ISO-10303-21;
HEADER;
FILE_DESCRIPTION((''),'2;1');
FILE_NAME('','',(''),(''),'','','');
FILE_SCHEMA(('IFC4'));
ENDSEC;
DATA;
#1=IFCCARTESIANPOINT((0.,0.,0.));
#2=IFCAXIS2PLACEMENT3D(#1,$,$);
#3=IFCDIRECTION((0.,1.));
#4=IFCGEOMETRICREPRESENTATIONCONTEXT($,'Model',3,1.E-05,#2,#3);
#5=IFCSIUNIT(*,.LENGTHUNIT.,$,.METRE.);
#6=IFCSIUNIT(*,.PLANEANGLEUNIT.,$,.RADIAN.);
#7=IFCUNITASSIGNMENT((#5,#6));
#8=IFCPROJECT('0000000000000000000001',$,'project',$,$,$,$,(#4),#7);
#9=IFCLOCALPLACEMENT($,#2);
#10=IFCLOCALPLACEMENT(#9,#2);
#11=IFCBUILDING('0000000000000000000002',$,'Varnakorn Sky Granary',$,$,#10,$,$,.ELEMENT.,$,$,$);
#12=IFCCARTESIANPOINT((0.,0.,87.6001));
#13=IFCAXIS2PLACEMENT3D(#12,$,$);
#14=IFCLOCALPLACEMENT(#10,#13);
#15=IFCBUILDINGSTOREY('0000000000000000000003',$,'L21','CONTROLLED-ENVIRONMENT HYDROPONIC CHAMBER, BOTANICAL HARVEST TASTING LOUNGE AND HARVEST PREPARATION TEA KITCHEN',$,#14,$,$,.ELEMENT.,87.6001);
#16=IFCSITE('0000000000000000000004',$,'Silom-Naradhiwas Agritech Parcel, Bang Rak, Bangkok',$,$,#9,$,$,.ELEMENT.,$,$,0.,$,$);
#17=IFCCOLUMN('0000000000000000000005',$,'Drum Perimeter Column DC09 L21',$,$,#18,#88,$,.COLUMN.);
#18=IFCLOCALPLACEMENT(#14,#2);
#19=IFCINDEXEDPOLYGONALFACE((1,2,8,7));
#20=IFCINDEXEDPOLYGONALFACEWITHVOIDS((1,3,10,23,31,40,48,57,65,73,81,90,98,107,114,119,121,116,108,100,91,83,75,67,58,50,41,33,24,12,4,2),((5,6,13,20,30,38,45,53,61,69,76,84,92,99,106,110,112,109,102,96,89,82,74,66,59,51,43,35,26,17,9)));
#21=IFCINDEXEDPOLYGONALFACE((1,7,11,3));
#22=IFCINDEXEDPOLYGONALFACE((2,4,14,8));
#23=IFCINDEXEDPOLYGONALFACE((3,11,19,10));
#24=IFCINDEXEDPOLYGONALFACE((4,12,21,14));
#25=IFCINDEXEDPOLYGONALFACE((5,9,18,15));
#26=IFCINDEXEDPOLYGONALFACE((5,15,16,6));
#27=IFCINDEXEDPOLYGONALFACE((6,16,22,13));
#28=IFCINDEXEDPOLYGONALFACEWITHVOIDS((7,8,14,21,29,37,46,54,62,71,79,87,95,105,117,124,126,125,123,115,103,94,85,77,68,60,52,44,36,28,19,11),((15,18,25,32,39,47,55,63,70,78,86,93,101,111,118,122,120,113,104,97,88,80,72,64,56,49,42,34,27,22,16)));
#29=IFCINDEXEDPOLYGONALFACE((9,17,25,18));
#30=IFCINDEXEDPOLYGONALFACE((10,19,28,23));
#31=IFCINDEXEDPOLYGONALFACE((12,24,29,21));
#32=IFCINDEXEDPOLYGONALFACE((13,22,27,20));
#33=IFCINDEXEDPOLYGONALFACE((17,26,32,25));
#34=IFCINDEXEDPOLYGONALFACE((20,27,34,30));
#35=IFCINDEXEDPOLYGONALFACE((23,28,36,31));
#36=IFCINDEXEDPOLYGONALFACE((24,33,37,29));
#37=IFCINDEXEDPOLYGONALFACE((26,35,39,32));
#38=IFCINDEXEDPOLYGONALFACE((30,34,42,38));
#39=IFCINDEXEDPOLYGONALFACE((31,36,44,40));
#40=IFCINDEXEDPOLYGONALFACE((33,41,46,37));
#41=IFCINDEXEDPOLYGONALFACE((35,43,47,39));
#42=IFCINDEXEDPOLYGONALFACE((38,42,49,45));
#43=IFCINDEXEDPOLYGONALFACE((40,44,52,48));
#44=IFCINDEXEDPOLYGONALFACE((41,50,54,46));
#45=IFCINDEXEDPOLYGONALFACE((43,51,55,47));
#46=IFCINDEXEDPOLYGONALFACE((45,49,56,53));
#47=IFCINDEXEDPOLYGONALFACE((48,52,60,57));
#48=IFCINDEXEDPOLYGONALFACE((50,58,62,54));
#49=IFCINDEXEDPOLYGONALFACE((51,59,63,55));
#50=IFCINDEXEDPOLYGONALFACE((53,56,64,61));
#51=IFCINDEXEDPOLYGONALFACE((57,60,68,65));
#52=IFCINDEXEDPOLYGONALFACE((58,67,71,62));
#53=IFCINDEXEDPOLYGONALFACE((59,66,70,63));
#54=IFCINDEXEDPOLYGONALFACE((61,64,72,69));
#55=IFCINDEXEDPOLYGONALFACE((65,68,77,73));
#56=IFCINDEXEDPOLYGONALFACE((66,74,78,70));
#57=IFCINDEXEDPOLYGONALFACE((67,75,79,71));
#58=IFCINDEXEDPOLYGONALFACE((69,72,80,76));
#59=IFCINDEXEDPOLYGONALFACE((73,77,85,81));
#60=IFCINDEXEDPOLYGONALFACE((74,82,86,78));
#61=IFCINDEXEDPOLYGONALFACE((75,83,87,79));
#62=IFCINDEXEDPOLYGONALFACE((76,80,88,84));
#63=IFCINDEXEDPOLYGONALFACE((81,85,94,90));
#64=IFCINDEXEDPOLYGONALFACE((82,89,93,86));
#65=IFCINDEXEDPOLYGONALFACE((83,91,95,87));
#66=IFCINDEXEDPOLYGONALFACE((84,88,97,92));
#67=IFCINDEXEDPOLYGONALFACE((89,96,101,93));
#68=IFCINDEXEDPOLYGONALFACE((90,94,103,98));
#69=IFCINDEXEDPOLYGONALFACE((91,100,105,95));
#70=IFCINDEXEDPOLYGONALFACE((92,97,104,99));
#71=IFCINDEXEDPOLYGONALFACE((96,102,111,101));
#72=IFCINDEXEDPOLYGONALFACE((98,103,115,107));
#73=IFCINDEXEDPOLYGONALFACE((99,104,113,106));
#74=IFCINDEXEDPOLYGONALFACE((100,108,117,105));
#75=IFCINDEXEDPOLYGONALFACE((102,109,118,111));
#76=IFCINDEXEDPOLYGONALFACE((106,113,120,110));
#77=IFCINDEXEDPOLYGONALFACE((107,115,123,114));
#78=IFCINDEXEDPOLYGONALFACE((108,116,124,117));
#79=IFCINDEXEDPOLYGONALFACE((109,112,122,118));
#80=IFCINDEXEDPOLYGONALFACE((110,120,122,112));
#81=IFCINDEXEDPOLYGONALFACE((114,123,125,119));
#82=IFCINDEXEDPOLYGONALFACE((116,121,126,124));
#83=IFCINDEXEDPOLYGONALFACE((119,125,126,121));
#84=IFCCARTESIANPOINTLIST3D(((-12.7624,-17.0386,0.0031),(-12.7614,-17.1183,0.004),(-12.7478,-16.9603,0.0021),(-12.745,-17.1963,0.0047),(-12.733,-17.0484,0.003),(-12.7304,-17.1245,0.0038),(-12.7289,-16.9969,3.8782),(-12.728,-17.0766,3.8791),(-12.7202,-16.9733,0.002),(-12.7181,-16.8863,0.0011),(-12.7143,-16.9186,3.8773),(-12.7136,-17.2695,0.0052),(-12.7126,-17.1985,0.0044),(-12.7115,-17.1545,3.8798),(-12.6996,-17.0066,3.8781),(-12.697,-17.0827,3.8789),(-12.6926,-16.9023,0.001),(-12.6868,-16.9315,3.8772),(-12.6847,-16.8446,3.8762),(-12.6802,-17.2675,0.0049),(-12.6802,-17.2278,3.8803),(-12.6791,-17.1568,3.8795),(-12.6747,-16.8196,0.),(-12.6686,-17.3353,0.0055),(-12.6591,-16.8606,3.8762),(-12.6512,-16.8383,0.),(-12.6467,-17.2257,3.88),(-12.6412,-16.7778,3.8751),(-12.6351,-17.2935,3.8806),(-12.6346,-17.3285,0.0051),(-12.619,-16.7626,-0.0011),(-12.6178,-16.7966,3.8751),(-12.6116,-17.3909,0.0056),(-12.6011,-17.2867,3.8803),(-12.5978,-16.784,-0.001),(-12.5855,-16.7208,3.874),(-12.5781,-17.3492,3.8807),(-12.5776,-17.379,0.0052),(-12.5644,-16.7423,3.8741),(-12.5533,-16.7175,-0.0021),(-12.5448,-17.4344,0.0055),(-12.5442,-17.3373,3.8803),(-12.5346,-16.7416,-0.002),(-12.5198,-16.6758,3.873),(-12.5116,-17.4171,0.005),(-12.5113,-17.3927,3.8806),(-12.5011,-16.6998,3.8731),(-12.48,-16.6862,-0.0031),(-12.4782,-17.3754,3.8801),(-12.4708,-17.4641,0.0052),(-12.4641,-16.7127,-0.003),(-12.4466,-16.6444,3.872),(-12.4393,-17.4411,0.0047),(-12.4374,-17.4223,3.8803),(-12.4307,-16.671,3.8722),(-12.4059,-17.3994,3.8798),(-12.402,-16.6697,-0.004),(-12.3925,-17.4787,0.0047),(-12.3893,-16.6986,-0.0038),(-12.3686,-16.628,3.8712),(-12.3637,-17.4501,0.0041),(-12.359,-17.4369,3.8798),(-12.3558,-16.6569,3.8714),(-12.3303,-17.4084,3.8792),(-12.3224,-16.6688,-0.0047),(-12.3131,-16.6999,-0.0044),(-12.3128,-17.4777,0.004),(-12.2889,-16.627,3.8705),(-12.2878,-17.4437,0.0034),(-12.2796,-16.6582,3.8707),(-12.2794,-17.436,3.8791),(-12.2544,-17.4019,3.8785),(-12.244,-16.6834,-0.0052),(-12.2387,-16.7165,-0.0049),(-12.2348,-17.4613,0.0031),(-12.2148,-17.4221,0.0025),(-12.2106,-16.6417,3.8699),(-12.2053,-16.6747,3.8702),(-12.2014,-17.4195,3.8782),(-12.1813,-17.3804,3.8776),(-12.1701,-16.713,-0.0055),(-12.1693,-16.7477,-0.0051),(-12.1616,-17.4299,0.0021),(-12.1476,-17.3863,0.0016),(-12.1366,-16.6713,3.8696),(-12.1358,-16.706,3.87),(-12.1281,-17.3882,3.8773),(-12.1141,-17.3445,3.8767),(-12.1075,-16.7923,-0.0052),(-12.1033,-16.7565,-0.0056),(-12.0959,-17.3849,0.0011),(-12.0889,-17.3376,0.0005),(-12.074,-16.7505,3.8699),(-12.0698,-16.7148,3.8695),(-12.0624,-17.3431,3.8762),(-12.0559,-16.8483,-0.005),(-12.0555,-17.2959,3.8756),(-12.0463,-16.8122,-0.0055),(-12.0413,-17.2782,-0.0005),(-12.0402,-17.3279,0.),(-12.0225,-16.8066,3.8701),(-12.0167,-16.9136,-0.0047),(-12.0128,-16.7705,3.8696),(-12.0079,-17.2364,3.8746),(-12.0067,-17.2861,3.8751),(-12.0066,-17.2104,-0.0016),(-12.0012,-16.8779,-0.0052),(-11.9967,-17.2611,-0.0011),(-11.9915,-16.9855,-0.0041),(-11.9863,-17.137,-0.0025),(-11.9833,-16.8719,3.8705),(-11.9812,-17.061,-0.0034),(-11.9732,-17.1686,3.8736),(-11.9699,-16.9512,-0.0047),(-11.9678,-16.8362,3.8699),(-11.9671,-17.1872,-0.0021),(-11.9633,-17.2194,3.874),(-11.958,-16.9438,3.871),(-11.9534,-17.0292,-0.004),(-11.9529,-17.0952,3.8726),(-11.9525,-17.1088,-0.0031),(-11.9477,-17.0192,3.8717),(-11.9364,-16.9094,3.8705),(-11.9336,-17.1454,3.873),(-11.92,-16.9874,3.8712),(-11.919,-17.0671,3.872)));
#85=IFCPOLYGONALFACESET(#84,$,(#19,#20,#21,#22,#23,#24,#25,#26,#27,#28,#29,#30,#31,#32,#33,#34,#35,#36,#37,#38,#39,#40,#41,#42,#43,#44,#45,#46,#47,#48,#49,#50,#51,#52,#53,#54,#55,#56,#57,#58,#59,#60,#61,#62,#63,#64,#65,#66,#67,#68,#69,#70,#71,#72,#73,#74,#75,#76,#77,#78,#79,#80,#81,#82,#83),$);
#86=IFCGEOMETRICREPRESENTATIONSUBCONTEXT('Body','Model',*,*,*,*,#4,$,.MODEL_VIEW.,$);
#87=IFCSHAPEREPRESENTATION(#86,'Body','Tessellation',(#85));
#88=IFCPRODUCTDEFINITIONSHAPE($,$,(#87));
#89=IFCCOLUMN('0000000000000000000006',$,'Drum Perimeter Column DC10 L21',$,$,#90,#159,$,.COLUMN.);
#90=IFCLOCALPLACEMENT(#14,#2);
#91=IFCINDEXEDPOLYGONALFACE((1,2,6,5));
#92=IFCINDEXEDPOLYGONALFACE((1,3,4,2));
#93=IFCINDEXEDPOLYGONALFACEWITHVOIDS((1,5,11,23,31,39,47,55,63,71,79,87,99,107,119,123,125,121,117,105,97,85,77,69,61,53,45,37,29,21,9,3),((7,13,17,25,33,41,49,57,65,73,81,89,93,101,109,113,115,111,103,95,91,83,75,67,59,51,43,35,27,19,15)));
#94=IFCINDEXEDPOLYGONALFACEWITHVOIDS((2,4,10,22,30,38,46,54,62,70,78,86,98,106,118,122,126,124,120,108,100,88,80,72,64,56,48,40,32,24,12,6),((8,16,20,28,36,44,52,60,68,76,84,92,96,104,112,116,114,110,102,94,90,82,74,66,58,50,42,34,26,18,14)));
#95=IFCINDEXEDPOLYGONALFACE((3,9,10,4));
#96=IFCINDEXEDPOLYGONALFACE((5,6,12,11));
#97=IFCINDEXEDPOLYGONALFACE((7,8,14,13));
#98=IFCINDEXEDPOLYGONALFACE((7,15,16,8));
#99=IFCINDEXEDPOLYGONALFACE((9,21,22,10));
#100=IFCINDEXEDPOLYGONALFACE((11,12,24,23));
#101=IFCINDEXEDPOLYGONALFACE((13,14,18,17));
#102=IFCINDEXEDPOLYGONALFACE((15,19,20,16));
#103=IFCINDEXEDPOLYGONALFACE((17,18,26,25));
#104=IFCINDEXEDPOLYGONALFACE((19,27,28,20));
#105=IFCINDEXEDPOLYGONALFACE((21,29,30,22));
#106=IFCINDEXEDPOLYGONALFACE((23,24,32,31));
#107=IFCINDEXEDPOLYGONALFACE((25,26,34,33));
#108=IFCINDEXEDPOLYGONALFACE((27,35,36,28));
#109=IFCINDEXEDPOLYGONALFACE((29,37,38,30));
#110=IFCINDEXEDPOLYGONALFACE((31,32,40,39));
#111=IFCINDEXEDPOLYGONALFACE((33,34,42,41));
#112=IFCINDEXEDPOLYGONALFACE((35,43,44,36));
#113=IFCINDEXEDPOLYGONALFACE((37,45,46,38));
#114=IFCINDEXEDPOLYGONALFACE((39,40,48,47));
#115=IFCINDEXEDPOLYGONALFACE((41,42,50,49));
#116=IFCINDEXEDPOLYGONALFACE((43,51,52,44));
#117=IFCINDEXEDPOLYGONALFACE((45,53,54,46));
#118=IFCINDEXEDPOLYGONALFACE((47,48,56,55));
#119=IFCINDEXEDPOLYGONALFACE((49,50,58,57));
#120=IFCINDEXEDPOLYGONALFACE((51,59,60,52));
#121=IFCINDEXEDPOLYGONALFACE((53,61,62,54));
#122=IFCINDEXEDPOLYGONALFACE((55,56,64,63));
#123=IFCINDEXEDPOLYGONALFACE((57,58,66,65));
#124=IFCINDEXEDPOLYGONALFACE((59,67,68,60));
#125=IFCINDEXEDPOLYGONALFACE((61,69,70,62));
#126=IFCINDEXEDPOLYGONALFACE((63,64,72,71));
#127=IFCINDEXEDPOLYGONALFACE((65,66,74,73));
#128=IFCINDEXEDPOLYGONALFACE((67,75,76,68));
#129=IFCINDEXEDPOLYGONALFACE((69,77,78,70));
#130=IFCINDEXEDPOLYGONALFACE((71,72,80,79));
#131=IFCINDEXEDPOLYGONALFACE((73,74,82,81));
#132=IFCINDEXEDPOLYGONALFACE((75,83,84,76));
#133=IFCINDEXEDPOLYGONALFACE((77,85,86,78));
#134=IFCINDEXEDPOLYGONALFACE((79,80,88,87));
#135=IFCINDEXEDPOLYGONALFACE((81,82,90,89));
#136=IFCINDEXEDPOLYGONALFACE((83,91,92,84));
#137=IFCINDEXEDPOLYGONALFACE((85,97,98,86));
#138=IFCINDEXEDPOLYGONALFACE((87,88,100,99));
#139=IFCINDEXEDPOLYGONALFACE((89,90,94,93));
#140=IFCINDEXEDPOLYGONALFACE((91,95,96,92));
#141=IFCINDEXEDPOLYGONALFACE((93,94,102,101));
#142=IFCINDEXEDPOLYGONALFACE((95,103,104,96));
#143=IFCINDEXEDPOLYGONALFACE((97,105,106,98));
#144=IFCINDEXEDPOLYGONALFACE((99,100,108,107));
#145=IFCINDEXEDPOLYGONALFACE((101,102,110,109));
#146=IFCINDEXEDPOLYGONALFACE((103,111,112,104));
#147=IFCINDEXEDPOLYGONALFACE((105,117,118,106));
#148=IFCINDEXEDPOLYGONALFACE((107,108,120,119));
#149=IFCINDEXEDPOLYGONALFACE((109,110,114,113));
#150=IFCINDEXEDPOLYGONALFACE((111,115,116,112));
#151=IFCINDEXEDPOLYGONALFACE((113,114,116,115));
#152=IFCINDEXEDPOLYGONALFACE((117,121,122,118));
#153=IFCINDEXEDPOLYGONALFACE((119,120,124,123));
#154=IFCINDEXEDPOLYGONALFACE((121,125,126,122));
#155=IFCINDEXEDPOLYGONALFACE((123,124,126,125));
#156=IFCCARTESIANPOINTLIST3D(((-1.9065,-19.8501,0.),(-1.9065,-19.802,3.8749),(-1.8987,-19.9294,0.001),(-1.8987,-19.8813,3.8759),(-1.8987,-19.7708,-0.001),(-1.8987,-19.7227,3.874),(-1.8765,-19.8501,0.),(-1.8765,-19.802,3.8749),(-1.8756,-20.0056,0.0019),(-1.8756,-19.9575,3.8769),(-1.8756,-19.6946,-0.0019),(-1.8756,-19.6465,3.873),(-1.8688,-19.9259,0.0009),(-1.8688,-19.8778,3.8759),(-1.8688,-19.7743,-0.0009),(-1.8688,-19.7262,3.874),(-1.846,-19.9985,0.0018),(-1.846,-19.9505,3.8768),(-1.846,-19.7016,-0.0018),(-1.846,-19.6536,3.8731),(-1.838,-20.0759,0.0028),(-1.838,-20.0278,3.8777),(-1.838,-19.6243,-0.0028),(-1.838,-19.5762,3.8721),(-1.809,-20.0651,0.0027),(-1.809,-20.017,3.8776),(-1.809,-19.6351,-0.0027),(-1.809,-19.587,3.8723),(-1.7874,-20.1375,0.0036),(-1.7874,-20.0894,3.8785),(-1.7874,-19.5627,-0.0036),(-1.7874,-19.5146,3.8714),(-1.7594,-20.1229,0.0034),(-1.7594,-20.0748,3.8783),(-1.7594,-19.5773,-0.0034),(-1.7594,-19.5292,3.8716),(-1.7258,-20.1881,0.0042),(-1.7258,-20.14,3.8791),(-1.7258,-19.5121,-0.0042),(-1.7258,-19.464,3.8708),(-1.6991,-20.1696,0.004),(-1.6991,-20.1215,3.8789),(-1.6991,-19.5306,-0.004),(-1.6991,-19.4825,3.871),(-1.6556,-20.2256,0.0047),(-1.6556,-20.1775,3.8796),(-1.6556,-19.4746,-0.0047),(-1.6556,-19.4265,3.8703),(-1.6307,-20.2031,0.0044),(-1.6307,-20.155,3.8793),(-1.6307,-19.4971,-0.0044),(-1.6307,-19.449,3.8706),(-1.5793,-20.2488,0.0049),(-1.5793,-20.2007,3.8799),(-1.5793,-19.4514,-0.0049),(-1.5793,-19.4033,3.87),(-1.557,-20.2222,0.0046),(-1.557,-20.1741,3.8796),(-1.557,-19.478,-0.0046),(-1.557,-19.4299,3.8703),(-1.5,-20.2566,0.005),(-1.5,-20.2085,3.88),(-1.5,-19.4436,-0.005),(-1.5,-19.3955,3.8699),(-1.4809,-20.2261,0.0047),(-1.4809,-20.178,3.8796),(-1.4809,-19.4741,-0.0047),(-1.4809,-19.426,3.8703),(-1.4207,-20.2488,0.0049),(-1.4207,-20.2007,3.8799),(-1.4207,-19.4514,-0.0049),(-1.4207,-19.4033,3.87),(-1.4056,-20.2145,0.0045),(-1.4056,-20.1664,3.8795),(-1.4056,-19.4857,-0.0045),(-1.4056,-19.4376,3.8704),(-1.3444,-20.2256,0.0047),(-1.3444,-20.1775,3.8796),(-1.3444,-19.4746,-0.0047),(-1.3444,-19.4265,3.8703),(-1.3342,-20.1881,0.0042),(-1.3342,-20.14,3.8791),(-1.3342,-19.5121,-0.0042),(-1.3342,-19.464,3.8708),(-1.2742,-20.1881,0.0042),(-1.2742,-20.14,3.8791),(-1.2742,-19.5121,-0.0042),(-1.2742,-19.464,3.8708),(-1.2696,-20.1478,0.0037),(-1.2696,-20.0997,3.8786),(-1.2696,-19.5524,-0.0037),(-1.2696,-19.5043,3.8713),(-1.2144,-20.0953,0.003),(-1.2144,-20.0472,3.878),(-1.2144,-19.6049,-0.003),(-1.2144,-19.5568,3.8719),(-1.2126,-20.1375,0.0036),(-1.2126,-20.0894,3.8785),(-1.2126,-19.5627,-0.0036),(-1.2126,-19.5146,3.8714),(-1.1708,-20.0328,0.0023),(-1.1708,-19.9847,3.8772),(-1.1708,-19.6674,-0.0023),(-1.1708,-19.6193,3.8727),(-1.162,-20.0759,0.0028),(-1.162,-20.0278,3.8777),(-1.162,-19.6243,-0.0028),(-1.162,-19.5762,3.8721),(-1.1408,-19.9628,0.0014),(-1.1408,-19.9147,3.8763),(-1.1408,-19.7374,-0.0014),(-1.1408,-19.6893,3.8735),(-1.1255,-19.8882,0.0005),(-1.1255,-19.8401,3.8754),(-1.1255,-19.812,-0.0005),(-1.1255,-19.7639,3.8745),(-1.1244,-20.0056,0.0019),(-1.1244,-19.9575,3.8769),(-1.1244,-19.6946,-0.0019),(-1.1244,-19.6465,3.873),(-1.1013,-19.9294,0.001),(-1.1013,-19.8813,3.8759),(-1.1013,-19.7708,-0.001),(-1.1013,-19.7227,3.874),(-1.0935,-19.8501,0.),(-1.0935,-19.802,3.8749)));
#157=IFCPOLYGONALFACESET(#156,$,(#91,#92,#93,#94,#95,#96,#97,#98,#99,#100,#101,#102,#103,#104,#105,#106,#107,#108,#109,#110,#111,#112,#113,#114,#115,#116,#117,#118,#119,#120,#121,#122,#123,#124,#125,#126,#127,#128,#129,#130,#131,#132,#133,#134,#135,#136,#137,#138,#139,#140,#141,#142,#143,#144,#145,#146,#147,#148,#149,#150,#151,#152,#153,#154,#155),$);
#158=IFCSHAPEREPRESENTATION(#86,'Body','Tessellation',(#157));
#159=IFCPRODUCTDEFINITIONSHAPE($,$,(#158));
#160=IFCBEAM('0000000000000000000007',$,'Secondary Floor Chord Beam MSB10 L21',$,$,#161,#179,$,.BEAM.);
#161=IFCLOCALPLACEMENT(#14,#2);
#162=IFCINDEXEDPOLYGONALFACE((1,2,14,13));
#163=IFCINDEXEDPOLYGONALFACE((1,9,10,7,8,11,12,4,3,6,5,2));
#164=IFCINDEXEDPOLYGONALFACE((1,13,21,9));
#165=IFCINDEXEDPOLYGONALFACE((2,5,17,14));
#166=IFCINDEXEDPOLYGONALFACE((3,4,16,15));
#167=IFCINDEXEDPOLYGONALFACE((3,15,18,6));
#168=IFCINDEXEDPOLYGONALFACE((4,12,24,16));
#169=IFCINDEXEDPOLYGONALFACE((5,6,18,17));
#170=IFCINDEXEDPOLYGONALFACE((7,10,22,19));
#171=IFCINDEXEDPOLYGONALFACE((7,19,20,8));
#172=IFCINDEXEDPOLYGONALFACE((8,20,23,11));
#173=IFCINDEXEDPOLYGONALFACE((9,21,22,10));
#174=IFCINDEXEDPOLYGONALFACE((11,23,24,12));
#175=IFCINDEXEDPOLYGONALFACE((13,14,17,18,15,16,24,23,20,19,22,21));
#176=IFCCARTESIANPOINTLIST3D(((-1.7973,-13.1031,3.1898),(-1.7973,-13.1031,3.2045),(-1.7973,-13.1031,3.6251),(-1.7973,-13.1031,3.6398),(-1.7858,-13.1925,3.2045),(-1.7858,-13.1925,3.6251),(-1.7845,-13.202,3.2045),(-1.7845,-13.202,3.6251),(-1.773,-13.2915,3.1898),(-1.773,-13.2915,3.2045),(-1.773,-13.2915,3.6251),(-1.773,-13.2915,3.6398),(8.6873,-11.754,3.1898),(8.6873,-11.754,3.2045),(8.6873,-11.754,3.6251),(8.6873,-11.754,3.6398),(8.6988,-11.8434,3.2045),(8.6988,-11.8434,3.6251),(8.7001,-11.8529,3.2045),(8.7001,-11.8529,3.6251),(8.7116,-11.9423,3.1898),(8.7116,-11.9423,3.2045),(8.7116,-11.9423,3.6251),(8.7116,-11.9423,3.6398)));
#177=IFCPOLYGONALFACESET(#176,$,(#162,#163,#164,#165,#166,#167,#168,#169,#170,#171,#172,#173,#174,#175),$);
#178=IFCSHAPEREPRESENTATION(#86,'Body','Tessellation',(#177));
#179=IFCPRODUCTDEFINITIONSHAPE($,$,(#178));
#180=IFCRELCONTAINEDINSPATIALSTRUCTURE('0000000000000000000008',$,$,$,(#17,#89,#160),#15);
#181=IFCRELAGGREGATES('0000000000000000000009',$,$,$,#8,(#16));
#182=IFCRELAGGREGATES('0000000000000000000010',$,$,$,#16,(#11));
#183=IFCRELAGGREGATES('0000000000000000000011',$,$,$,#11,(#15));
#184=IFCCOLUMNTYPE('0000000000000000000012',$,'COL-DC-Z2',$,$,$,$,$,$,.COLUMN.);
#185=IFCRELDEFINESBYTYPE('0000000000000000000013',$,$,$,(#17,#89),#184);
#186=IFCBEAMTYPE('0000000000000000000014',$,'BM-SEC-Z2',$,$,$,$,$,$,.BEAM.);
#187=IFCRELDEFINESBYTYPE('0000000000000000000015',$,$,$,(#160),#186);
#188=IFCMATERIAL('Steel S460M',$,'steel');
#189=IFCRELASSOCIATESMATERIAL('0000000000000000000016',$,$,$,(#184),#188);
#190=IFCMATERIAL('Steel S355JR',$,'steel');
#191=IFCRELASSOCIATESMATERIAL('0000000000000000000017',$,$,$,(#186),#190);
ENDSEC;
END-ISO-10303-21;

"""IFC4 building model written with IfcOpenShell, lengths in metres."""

from ifc_helpers import new_model, si_unit, direction, frame, origin, origin_2d, place, context, subcontext, project, spatial, hollow_circle, i_section, extrude, material, material_profile, profile_set, type_object, element, save


model = new_model("IFC4")

# Units and contexts
model_context = context("Model", 3, precision=1e-05, world=origin(), true_north=direction((0.0, 1.0)))
body_context = subcontext(model_context, "Body", "Model", "MODEL_VIEW")
ifc_project = project(units=[si_unit("LENGTHUNIT", "METRE"), si_unit("PLANEANGLEUNIT", "RADIAN")], contexts=[model_context])

# Site, building, storey
site_placement = place(None, origin())
site = spatial("IfcSite", under=ifc_project, at=site_placement, Name="Silom-Naradhiwas Agritech Parcel, Bang Rak, Bangkok", CompositionType="ELEMENT", RefElevation=0.0)
building_placement = place(site_placement, origin())
building = spatial("IfcBuilding", under=site, at=building_placement, Name="Varnakorn Sky Granary", CompositionType="ELEMENT")
storey_placement = place(building_placement, frame((0.0, 0.0, 87.6001)))
storey = spatial("IfcBuildingStorey", under=building, at=storey_placement, Name="L21", Description="CONTROLLED-ENVIRONMENT HYDROPONIC CHAMBER, BOTANICAL HARVEST TASTING LOUNGE AND HARVEST PREPARATION TEA KITCHEN", CompositionType="ELEMENT", Elevation=87.6001)

# Columns
ifc_material_1 = material(Name="Steel S460M", Category="steel")
ifc_material_profile_1 = material_profile(ifc_material_1, hollow_circle(Radius=0.4065, WallThickness=0.03, at=origin_2d()), Name="CHS 813x30")
ifc_profile_set_1 = profile_set([ifc_material_profile_1], Name="Steel S460M")
column_type = type_object("IfcColumnType", Name="COL-DC-Z2", PredefinedType="COLUMN", material=ifc_profile_set_1)
column_1_placement = place(storey_placement, frame((-12.3574, -17.0737, 0.0), z_axis=(0.008631, 0.010773, 0.999905), x_axis=(-0.780423, 0.625251, 0.0)))
element("IfcColumn", 1, at=column_1_placement, inside=storey, type_object=column_type, Name="Drum Perimeter Column DC09 L21", PredefinedType="COLUMN", context=body_context, shape_type="SweptSolid", body=[
    extrude(hollow_circle(Radius=0.4065, WallThickness=0.03, at=origin_2d()), origin(), (0.0, 0.0, 1.0), 3.8755),
])
column_2_placement = place(storey_placement, frame((-1.5, -19.8501, 0.0), z_axis=(0.0, 0.012411, 0.999923), x_axis=(-1.0, 0.0, 0.0)))
element("IfcColumn", 2, at=column_2_placement, inside=storey, type_object=column_type, Name="Drum Perimeter Column DC10 L21", PredefinedType="COLUMN", context=body_context, shape_type="SweptSolid", body=[
    extrude(hollow_circle(Radius=0.4065, WallThickness=0.03, at=origin_2d()), origin(), (0.0, 0.0, 1.0), 3.8752),
])

# Beam
ifc_material_2 = material(Name="Steel S355JR", Category="steel")
ifc_material_profile_2 = material_profile(ifc_material_2, i_section(OverallWidth=0.1899, OverallDepth=0.45, WebThickness=0.0095, FlangeThickness=0.0146, at=origin_2d()), Name="IPE 450")
ifc_profile_set_2 = profile_set([ifc_material_profile_2], Name="Steel S355JR")
beam_type_1 = type_object("IfcBeamType", Name="BM-SEC-Z2", PredefinedType="BEAM", material=ifc_profile_set_2)
beam_placement = place(storey_placement, frame((-1.7852, -13.1973, 3.4148), z_axis=(0.991823, 0.127624, 0.0), x_axis=(-0.127624, 0.991823, 0.0)))
element("IfcBeam", 3, at=beam_placement, inside=storey, type_object=beam_type_1, Name="Secondary Floor Chord Beam MSB10 L21", PredefinedType="BEAM", context=body_context, shape_type="SweptSolid", body=[
    extrude(i_section(OverallWidth=0.1899, OverallDepth=0.45, WebThickness=0.0095, FlangeThickness=0.0146, at=origin_2d()), origin(), (0.0, 0.0, 1.0), 10.571),
])

save(model, "model.ifc")
